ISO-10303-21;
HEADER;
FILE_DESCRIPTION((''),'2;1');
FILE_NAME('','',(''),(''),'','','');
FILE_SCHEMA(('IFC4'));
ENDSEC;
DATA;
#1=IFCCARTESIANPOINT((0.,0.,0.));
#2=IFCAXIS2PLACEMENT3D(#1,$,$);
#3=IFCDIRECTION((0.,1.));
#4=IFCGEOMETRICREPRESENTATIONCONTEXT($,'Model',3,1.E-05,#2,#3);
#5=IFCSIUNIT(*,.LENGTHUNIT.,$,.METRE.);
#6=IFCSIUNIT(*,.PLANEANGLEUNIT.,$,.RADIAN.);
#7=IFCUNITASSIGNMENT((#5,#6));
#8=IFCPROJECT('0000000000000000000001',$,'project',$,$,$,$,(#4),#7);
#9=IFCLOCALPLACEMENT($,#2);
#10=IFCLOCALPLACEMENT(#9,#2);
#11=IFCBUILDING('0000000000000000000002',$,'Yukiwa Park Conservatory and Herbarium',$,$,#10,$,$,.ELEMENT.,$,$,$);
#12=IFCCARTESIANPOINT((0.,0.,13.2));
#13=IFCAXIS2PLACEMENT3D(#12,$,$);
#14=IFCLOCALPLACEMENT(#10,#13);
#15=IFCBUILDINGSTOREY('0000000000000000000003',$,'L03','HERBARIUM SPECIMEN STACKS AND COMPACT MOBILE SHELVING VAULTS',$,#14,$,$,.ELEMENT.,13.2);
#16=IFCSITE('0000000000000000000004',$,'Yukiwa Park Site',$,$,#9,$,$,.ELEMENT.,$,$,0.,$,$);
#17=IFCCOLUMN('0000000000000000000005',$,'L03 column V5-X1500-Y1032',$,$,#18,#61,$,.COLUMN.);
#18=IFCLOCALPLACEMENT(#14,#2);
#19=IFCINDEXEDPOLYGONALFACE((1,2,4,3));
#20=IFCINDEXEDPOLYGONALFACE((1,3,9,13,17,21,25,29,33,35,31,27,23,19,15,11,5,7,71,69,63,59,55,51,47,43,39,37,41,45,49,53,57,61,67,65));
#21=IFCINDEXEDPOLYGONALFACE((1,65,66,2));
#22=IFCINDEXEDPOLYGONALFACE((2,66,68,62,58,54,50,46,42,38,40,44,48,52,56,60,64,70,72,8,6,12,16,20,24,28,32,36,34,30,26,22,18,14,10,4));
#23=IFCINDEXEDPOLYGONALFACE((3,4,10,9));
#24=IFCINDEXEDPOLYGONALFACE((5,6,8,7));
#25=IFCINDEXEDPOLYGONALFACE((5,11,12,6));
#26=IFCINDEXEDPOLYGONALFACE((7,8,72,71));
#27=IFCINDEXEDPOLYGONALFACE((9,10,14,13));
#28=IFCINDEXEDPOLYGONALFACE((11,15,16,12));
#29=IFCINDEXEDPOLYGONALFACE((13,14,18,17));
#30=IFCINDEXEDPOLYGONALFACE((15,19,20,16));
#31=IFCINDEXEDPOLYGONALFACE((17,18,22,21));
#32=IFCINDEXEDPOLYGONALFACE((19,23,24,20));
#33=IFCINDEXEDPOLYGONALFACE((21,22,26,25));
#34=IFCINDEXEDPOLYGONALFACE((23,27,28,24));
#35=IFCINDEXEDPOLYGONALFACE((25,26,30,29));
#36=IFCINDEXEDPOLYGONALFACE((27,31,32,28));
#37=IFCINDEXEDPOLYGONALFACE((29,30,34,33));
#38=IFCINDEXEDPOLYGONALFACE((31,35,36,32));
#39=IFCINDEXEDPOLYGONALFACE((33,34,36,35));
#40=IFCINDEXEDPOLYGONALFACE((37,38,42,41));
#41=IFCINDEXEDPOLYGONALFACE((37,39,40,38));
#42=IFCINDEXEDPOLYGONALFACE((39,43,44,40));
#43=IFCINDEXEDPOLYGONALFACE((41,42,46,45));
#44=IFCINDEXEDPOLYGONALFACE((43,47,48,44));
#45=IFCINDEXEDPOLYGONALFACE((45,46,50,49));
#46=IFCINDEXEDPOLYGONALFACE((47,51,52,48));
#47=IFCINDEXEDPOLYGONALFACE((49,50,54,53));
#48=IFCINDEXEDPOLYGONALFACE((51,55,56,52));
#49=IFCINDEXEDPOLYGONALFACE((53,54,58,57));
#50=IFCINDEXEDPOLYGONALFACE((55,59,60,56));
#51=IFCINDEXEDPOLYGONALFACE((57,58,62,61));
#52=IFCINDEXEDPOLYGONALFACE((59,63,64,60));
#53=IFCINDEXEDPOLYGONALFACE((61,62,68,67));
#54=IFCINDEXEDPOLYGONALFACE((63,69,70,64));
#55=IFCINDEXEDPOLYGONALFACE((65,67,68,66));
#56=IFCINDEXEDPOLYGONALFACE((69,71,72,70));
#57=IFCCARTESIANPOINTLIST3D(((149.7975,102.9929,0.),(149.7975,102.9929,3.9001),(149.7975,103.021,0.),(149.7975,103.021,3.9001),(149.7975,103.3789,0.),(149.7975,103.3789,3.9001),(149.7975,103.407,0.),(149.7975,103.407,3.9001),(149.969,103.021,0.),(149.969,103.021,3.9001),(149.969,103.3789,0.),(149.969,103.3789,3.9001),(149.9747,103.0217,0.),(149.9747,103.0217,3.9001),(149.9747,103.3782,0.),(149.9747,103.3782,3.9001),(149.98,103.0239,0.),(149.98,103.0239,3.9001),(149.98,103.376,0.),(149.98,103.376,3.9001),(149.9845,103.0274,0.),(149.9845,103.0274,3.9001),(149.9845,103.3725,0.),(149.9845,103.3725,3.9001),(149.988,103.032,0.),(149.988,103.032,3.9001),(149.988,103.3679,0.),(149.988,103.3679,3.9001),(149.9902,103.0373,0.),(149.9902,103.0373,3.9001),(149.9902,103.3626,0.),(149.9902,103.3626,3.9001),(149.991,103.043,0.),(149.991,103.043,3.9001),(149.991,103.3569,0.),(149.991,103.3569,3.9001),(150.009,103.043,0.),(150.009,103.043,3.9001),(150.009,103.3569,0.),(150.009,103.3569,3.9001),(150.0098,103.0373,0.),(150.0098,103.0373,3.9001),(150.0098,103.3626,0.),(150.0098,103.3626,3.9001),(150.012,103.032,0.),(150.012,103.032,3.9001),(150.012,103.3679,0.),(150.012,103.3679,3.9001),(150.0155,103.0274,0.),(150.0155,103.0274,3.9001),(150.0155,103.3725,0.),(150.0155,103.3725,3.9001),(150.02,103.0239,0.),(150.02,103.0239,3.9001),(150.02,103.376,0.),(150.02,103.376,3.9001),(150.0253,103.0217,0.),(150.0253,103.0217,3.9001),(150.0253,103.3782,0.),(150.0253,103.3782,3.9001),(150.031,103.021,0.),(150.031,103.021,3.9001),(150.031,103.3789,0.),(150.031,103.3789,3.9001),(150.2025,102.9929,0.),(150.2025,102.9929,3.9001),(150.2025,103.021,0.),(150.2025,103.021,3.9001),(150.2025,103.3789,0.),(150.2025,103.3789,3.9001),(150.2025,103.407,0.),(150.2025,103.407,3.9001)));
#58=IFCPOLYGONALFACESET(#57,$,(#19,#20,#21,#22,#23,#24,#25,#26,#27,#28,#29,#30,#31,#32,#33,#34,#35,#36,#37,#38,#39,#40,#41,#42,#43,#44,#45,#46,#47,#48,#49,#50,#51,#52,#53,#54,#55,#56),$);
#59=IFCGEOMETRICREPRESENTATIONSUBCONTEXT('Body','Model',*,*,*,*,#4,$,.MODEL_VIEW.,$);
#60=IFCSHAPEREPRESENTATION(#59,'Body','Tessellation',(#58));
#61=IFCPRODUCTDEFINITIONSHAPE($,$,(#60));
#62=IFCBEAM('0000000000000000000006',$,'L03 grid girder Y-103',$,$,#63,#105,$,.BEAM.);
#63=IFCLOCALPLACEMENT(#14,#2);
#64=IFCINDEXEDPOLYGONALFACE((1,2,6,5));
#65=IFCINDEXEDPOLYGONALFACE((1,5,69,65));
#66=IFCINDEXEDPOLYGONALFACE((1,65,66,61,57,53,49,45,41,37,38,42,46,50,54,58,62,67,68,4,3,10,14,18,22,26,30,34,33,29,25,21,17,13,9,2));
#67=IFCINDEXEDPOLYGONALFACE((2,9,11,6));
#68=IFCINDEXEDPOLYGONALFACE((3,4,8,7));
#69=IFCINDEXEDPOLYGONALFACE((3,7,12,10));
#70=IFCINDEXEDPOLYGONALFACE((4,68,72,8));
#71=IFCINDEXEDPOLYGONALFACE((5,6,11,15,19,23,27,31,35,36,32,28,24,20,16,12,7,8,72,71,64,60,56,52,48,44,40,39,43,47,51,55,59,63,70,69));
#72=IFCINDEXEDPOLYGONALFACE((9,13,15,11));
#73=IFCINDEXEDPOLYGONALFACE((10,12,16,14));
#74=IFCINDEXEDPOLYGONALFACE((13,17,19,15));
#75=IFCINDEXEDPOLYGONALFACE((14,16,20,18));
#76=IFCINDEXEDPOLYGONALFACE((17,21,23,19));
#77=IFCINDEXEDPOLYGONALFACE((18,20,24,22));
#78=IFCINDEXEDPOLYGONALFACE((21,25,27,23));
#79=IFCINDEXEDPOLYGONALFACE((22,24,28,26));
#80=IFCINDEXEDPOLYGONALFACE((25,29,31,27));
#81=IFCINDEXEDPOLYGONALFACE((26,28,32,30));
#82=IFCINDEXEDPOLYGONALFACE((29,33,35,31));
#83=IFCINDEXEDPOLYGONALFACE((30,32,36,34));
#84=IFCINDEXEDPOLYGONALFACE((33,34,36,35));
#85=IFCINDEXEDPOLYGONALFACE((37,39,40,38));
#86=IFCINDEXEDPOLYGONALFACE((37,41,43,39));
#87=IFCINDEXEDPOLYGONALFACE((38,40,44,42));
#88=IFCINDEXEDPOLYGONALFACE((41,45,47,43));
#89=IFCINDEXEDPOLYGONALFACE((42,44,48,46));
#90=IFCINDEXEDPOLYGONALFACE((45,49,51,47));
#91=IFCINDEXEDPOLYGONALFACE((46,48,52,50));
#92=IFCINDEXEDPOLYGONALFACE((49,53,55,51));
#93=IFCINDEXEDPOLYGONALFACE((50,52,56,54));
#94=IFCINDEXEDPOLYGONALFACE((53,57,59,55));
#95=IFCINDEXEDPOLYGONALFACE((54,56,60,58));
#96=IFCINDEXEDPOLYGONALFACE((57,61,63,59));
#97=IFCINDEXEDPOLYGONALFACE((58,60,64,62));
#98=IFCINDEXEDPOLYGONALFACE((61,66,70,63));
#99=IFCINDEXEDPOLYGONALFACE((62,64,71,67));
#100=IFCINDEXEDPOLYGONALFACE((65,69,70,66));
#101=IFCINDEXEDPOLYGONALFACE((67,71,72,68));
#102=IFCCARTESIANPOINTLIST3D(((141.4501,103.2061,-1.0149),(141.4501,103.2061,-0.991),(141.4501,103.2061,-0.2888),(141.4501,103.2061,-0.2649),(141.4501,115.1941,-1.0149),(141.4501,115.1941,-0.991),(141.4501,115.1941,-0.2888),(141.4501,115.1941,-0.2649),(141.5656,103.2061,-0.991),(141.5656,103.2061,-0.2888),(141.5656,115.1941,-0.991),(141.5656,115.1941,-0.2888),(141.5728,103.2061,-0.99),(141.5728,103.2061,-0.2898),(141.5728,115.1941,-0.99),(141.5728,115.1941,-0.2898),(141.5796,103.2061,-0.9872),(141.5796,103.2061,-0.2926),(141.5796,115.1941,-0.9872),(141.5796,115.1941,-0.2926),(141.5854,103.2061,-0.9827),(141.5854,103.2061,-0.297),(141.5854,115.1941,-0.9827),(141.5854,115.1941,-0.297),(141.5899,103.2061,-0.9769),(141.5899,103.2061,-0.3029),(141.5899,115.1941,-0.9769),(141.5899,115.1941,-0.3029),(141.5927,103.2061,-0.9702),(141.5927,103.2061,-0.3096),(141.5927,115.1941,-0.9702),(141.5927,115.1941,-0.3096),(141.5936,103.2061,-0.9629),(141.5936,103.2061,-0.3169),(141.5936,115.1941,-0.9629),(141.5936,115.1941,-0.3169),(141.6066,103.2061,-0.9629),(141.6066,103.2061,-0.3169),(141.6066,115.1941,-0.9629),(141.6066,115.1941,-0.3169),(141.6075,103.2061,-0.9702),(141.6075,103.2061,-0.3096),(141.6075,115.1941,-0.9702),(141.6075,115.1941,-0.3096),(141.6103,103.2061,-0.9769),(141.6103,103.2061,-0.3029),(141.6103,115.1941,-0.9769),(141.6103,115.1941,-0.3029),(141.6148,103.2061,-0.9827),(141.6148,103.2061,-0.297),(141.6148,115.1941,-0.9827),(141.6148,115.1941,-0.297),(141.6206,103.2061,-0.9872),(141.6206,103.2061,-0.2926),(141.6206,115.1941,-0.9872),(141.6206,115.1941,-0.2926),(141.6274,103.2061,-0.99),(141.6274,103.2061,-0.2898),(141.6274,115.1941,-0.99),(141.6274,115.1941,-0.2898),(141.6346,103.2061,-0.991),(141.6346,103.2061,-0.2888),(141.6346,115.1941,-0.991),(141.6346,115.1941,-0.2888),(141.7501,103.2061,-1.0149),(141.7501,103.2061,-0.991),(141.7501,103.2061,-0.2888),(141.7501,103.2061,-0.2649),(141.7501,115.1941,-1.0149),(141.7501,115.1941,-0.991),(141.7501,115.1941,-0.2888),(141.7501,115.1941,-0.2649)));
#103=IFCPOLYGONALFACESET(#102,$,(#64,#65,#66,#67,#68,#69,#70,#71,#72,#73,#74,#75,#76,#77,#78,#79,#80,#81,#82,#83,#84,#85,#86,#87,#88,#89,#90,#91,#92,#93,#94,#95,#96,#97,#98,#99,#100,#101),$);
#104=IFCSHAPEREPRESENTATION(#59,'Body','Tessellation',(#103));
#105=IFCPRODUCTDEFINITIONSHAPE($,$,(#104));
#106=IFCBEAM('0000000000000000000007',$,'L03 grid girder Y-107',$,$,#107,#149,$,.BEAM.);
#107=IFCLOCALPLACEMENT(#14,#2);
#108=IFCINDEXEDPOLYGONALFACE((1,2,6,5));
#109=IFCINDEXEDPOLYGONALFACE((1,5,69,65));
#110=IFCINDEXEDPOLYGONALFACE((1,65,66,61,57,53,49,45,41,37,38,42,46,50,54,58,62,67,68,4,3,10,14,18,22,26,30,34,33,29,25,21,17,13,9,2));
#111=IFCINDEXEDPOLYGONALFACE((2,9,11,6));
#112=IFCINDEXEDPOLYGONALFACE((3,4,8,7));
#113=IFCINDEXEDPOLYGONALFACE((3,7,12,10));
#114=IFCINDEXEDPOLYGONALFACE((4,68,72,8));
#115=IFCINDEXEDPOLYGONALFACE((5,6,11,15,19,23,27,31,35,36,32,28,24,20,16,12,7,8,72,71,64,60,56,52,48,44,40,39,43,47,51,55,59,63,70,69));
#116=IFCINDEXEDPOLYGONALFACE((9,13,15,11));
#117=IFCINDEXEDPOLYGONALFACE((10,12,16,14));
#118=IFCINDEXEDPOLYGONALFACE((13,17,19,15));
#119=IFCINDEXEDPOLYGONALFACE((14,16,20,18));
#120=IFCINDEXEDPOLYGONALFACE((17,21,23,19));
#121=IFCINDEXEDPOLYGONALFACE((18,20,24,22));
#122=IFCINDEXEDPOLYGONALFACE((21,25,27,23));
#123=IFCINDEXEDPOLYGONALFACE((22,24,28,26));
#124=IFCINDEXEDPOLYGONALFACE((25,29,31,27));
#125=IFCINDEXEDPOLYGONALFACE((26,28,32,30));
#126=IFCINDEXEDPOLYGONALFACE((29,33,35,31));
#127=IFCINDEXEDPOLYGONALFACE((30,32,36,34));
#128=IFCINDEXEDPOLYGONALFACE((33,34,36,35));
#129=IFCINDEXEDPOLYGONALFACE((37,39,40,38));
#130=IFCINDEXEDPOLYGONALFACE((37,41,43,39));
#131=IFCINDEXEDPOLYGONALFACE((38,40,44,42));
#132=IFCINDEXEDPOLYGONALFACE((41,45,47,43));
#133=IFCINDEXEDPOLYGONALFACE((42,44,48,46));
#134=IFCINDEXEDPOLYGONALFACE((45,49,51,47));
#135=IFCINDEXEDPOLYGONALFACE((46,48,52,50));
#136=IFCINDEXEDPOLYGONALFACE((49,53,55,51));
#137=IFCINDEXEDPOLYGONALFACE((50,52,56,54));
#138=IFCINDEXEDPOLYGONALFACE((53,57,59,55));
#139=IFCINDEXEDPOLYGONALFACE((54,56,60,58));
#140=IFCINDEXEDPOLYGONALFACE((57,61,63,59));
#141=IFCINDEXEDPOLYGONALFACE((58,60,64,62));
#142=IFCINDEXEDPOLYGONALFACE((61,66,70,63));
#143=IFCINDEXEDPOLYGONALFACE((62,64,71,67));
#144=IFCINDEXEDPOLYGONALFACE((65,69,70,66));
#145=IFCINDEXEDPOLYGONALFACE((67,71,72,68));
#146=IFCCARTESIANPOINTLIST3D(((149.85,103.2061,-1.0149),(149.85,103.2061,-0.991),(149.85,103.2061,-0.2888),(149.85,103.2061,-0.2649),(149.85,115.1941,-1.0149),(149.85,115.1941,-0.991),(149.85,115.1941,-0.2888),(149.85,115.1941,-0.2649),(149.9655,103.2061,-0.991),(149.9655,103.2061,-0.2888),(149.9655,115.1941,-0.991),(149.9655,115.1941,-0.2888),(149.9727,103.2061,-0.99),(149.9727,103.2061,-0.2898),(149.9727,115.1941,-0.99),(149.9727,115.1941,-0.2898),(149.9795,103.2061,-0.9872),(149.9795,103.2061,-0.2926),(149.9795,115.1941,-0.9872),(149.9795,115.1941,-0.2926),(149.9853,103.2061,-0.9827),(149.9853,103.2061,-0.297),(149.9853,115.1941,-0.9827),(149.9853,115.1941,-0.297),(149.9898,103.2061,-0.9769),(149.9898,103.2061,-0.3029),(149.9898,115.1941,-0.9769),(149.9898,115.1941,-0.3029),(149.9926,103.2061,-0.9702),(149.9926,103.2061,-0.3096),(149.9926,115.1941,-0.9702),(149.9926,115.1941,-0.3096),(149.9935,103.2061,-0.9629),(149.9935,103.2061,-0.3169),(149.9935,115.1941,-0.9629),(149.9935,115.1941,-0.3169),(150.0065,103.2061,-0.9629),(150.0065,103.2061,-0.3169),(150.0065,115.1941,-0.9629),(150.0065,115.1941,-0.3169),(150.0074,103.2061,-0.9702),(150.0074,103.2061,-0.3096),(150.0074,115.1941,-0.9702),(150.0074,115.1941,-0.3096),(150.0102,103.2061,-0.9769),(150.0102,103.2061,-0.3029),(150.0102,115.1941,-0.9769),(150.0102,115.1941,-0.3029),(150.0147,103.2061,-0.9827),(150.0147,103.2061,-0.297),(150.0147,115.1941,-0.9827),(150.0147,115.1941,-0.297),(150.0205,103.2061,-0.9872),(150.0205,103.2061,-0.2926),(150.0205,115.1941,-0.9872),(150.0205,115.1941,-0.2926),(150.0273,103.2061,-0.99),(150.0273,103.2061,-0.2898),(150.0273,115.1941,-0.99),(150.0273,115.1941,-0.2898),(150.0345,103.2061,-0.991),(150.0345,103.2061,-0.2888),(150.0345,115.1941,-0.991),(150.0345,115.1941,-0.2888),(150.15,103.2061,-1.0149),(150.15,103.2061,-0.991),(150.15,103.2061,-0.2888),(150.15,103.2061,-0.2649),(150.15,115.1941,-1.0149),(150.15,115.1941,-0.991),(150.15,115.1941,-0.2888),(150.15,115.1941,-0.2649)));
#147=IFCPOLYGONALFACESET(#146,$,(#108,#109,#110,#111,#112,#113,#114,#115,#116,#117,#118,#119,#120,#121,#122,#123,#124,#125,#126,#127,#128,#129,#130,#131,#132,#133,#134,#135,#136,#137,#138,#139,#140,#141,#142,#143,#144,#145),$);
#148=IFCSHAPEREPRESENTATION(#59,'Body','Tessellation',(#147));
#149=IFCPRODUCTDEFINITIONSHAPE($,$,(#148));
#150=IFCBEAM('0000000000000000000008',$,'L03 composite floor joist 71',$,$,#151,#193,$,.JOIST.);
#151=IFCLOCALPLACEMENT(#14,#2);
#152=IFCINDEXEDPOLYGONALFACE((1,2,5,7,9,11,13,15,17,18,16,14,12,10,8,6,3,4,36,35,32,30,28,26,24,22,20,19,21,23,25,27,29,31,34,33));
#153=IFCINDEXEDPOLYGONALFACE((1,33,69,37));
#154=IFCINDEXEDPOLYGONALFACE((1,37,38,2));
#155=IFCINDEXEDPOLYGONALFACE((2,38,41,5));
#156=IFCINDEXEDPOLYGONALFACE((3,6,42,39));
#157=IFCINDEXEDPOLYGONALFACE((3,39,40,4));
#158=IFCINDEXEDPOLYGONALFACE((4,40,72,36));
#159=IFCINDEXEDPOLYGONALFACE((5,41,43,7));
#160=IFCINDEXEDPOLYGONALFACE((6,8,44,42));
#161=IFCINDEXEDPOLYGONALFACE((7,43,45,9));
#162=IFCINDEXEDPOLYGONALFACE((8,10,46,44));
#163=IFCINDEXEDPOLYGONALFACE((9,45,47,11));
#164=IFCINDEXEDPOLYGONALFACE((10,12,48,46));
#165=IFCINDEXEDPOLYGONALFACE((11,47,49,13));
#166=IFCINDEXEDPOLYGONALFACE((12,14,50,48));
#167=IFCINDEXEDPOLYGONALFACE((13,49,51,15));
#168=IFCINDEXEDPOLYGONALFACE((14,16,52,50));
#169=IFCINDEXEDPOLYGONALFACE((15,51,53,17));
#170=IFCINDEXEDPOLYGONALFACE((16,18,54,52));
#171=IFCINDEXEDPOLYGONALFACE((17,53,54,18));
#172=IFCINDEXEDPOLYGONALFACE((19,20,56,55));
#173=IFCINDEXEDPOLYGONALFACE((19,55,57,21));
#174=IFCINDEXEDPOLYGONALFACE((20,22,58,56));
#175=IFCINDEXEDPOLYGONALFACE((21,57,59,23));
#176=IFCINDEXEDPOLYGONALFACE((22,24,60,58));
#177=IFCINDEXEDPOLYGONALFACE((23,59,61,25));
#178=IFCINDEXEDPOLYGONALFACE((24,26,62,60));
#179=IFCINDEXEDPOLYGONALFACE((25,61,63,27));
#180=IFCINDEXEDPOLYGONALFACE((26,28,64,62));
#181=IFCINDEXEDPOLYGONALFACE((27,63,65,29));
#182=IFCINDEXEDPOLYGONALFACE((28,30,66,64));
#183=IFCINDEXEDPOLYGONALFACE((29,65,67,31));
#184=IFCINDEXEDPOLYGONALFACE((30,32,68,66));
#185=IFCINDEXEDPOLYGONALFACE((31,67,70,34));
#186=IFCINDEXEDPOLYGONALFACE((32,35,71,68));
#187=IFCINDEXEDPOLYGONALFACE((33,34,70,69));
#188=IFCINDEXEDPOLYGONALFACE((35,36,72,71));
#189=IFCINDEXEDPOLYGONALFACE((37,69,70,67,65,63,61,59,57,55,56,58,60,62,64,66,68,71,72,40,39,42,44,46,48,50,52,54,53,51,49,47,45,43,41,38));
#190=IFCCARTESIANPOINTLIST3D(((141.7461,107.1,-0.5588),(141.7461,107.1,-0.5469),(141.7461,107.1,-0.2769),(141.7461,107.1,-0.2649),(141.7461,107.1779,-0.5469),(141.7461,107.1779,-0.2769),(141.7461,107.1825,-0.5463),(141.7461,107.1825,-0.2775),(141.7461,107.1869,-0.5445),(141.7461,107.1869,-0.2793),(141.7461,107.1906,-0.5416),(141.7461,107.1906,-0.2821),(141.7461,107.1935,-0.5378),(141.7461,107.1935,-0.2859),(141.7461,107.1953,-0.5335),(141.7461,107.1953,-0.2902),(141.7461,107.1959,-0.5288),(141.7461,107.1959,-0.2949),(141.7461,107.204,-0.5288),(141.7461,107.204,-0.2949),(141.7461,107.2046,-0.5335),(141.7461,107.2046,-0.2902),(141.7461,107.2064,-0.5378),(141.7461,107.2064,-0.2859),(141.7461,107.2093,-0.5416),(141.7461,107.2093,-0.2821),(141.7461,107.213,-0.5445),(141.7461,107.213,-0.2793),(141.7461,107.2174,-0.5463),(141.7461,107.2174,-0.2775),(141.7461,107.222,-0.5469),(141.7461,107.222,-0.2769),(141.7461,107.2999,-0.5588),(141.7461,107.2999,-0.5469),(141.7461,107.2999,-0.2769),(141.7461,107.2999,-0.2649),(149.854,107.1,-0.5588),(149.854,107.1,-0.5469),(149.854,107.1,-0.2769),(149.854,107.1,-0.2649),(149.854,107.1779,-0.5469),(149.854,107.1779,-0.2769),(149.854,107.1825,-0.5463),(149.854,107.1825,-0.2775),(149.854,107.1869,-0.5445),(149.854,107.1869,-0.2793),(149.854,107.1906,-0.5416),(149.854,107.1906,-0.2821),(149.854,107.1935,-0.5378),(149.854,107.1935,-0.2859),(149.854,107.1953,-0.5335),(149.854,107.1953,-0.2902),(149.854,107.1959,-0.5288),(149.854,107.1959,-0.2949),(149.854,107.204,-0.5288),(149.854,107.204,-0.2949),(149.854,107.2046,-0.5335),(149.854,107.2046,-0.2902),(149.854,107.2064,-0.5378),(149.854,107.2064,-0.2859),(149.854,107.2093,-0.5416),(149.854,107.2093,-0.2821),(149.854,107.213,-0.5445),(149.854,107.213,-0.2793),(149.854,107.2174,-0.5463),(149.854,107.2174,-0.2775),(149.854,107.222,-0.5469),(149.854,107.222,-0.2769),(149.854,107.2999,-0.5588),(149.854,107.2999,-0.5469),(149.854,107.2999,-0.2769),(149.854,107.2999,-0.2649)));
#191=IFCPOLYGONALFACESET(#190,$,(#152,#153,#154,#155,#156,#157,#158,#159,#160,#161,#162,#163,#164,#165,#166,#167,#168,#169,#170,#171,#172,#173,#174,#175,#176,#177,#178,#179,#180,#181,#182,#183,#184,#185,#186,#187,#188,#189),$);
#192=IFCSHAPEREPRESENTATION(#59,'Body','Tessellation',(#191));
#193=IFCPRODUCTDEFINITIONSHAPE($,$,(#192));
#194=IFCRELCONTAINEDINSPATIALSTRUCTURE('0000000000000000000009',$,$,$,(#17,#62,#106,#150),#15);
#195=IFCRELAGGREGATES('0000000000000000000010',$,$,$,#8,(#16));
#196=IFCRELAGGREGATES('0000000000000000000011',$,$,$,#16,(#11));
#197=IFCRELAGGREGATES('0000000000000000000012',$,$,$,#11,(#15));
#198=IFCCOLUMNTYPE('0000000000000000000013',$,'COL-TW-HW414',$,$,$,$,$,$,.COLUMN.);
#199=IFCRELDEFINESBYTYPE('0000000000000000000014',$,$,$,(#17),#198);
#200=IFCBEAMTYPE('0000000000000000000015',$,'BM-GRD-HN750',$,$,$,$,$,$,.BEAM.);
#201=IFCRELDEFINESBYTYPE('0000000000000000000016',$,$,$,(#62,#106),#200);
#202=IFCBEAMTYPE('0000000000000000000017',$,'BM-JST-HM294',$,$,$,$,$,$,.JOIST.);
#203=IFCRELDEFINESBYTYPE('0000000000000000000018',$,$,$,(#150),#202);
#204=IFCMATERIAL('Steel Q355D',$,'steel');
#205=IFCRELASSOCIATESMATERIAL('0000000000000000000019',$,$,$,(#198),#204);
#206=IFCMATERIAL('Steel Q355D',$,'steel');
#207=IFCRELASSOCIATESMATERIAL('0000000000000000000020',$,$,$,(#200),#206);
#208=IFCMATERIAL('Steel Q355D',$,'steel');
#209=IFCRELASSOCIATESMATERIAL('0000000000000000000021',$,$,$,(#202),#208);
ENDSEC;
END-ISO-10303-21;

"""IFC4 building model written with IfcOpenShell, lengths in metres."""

from ifc_helpers import new_model, si_unit, direction, frame, origin, origin_2d, place, context, subcontext, project, spatial, i_section, extrude, material, material_profile, profile_set, type_object, element, save


model = new_model("IFC4")

# Units and contexts
model_context = context("Model", 3, precision=1e-05, world=origin(), true_north=direction((0.0, 1.0)))
body_context = subcontext(model_context, "Body", "Model", "MODEL_VIEW")
ifc_project = project(units=[si_unit("LENGTHUNIT", "METRE"), si_unit("PLANEANGLEUNIT", "RADIAN")], contexts=[model_context])

# Site, building, storey
site_placement = place(None, origin())
site = spatial("IfcSite", under=ifc_project, at=site_placement, Name="Yukiwa Park Site", CompositionType="ELEMENT", RefElevation=0.0)
building_placement = place(site_placement, origin())
building = spatial("IfcBuilding", under=site, at=building_placement, Name="Yukiwa Park Conservatory and Herbarium", CompositionType="ELEMENT")
storey_placement = place(building_placement, frame((0.0, 0.0, 13.2)))
storey = spatial("IfcBuildingStorey", under=building, at=storey_placement, Name="L03", Description="HERBARIUM SPECIMEN STACKS AND COMPACT MOBILE SHELVING VAULTS", CompositionType="ELEMENT", Elevation=13.2)

# Column
ifc_material_1 = material(Name="Steel Q355D", Category="steel")
ifc_material_profile_1 = material_profile(ifc_material_1, i_section(OverallWidth=0.405, OverallDepth=0.4141, WebThickness=0.0181, FlangeThickness=0.0281, FilletRadius=0.022, at=origin_2d()), Name="HW 414x405x18x28")
ifc_profile_set_1 = profile_set([ifc_material_profile_1], Name="Steel Q355D")
column_type_1 = type_object("IfcColumnType", Name="COL-TW-HW414", PredefinedType="COLUMN", material=ifc_profile_set_1)
for number, where, z_axis, x_axis, name in (
    (1, (150.0, 103.2, 0.0), (0.0, 0.0, 1.0), (1.0, 0.0, 0.0), "L03 column V5-X1500-Y1032"),
):
    element("IfcColumn", number, at=place(storey_placement, frame(where, z_axis=z_axis, x_axis=x_axis)), inside=storey, type_object=column_type_1, Name=name, PredefinedType="COLUMN", context=body_context, shape_type="SweptSolid", body=[
        extrude(i_section(OverallWidth=0.405, OverallDepth=0.4141, WebThickness=0.0181, FlangeThickness=0.0281, FilletRadius=0.022, at=origin_2d()), origin(), (0.0, 0.0, 1.0), 3.9001),
    ])

# Beams
ifc_material_2 = material(Name="Steel Q355D", Category="steel")
ifc_material_profile_2 = material_profile(ifc_material_2, i_section(OverallWidth=0.3, OverallDepth=0.75, WebThickness=0.0129, FlangeThickness=0.0239, FilletRadius=0.0281, at=origin_2d()), Name="HN 750x300x13x24")
ifc_profile_set_2 = profile_set([ifc_material_profile_2], Name="Steel Q355D")
beam_type_1 = type_object("IfcBeamType", Name="BM-GRD-HN750", PredefinedType="BEAM", material=ifc_profile_set_2)
for number, where, z_axis, x_axis, name in (
    (2, (141.6001, 103.2061, -0.6399), (0.0, 1.0, 0.0), (-1.0, 0.0, 0.0), "L03 grid girder Y-103"),
    (3, (150.0, 103.2061, -0.6399), (0.0, 1.0, 0.0), (-1.0, 0.0, 0.0), "L03 grid girder Y-107"),
):
    element("IfcBeam", number, at=place(storey_placement, frame(where, z_axis=z_axis, x_axis=x_axis)), inside=storey, type_object=beam_type_1, Name=name, PredefinedType="BEAM", context=body_context, shape_type="SweptSolid", body=[
        extrude(i_section(OverallWidth=0.3, OverallDepth=0.75, WebThickness=0.0129, FlangeThickness=0.0239, FilletRadius=0.0281, at=origin_2d()), origin(), (0.0, 0.0, 1.0), 11.988),
    ])
ifc_material_3 = material(Name="Steel Q355D", Category="steel")
ifc_material_profile_3 = material_profile(ifc_material_3, i_section(OverallWidth=0.2, OverallDepth=0.2939, WebThickness=0.0081, FlangeThickness=0.012, FilletRadius=0.0181, at=origin_2d()), Name="HM 294x200x8x12")
ifc_profile_set_3 = profile_set([ifc_material_profile_3], Name="Steel Q355D")
beam_type_2 = type_object("IfcBeamType", Name="BM-JST-HM294", PredefinedType="JOIST", material=ifc_profile_set_3)
for number, where, z_axis, x_axis, name in (
    (4, (141.7461, 107.2, -0.4119), (1.0, 0.0, 0.0), (0.0, 1.0, 0.0), "L03 composite floor joist 71"),
):
    element("IfcBeam", number, at=place(storey_placement, frame(where, z_axis=z_axis, x_axis=x_axis)), inside=storey, type_object=beam_type_2, Name=name, PredefinedType="JOIST", context=body_context, shape_type="SweptSolid", body=[
        extrude(i_section(OverallWidth=0.2, OverallDepth=0.2939, WebThickness=0.0081, FlangeThickness=0.012, FilletRadius=0.0181, at=origin_2d()), origin(), (0.0, 0.0, 1.0), 8.1079),
    ])

save(model, "model.ifc")
